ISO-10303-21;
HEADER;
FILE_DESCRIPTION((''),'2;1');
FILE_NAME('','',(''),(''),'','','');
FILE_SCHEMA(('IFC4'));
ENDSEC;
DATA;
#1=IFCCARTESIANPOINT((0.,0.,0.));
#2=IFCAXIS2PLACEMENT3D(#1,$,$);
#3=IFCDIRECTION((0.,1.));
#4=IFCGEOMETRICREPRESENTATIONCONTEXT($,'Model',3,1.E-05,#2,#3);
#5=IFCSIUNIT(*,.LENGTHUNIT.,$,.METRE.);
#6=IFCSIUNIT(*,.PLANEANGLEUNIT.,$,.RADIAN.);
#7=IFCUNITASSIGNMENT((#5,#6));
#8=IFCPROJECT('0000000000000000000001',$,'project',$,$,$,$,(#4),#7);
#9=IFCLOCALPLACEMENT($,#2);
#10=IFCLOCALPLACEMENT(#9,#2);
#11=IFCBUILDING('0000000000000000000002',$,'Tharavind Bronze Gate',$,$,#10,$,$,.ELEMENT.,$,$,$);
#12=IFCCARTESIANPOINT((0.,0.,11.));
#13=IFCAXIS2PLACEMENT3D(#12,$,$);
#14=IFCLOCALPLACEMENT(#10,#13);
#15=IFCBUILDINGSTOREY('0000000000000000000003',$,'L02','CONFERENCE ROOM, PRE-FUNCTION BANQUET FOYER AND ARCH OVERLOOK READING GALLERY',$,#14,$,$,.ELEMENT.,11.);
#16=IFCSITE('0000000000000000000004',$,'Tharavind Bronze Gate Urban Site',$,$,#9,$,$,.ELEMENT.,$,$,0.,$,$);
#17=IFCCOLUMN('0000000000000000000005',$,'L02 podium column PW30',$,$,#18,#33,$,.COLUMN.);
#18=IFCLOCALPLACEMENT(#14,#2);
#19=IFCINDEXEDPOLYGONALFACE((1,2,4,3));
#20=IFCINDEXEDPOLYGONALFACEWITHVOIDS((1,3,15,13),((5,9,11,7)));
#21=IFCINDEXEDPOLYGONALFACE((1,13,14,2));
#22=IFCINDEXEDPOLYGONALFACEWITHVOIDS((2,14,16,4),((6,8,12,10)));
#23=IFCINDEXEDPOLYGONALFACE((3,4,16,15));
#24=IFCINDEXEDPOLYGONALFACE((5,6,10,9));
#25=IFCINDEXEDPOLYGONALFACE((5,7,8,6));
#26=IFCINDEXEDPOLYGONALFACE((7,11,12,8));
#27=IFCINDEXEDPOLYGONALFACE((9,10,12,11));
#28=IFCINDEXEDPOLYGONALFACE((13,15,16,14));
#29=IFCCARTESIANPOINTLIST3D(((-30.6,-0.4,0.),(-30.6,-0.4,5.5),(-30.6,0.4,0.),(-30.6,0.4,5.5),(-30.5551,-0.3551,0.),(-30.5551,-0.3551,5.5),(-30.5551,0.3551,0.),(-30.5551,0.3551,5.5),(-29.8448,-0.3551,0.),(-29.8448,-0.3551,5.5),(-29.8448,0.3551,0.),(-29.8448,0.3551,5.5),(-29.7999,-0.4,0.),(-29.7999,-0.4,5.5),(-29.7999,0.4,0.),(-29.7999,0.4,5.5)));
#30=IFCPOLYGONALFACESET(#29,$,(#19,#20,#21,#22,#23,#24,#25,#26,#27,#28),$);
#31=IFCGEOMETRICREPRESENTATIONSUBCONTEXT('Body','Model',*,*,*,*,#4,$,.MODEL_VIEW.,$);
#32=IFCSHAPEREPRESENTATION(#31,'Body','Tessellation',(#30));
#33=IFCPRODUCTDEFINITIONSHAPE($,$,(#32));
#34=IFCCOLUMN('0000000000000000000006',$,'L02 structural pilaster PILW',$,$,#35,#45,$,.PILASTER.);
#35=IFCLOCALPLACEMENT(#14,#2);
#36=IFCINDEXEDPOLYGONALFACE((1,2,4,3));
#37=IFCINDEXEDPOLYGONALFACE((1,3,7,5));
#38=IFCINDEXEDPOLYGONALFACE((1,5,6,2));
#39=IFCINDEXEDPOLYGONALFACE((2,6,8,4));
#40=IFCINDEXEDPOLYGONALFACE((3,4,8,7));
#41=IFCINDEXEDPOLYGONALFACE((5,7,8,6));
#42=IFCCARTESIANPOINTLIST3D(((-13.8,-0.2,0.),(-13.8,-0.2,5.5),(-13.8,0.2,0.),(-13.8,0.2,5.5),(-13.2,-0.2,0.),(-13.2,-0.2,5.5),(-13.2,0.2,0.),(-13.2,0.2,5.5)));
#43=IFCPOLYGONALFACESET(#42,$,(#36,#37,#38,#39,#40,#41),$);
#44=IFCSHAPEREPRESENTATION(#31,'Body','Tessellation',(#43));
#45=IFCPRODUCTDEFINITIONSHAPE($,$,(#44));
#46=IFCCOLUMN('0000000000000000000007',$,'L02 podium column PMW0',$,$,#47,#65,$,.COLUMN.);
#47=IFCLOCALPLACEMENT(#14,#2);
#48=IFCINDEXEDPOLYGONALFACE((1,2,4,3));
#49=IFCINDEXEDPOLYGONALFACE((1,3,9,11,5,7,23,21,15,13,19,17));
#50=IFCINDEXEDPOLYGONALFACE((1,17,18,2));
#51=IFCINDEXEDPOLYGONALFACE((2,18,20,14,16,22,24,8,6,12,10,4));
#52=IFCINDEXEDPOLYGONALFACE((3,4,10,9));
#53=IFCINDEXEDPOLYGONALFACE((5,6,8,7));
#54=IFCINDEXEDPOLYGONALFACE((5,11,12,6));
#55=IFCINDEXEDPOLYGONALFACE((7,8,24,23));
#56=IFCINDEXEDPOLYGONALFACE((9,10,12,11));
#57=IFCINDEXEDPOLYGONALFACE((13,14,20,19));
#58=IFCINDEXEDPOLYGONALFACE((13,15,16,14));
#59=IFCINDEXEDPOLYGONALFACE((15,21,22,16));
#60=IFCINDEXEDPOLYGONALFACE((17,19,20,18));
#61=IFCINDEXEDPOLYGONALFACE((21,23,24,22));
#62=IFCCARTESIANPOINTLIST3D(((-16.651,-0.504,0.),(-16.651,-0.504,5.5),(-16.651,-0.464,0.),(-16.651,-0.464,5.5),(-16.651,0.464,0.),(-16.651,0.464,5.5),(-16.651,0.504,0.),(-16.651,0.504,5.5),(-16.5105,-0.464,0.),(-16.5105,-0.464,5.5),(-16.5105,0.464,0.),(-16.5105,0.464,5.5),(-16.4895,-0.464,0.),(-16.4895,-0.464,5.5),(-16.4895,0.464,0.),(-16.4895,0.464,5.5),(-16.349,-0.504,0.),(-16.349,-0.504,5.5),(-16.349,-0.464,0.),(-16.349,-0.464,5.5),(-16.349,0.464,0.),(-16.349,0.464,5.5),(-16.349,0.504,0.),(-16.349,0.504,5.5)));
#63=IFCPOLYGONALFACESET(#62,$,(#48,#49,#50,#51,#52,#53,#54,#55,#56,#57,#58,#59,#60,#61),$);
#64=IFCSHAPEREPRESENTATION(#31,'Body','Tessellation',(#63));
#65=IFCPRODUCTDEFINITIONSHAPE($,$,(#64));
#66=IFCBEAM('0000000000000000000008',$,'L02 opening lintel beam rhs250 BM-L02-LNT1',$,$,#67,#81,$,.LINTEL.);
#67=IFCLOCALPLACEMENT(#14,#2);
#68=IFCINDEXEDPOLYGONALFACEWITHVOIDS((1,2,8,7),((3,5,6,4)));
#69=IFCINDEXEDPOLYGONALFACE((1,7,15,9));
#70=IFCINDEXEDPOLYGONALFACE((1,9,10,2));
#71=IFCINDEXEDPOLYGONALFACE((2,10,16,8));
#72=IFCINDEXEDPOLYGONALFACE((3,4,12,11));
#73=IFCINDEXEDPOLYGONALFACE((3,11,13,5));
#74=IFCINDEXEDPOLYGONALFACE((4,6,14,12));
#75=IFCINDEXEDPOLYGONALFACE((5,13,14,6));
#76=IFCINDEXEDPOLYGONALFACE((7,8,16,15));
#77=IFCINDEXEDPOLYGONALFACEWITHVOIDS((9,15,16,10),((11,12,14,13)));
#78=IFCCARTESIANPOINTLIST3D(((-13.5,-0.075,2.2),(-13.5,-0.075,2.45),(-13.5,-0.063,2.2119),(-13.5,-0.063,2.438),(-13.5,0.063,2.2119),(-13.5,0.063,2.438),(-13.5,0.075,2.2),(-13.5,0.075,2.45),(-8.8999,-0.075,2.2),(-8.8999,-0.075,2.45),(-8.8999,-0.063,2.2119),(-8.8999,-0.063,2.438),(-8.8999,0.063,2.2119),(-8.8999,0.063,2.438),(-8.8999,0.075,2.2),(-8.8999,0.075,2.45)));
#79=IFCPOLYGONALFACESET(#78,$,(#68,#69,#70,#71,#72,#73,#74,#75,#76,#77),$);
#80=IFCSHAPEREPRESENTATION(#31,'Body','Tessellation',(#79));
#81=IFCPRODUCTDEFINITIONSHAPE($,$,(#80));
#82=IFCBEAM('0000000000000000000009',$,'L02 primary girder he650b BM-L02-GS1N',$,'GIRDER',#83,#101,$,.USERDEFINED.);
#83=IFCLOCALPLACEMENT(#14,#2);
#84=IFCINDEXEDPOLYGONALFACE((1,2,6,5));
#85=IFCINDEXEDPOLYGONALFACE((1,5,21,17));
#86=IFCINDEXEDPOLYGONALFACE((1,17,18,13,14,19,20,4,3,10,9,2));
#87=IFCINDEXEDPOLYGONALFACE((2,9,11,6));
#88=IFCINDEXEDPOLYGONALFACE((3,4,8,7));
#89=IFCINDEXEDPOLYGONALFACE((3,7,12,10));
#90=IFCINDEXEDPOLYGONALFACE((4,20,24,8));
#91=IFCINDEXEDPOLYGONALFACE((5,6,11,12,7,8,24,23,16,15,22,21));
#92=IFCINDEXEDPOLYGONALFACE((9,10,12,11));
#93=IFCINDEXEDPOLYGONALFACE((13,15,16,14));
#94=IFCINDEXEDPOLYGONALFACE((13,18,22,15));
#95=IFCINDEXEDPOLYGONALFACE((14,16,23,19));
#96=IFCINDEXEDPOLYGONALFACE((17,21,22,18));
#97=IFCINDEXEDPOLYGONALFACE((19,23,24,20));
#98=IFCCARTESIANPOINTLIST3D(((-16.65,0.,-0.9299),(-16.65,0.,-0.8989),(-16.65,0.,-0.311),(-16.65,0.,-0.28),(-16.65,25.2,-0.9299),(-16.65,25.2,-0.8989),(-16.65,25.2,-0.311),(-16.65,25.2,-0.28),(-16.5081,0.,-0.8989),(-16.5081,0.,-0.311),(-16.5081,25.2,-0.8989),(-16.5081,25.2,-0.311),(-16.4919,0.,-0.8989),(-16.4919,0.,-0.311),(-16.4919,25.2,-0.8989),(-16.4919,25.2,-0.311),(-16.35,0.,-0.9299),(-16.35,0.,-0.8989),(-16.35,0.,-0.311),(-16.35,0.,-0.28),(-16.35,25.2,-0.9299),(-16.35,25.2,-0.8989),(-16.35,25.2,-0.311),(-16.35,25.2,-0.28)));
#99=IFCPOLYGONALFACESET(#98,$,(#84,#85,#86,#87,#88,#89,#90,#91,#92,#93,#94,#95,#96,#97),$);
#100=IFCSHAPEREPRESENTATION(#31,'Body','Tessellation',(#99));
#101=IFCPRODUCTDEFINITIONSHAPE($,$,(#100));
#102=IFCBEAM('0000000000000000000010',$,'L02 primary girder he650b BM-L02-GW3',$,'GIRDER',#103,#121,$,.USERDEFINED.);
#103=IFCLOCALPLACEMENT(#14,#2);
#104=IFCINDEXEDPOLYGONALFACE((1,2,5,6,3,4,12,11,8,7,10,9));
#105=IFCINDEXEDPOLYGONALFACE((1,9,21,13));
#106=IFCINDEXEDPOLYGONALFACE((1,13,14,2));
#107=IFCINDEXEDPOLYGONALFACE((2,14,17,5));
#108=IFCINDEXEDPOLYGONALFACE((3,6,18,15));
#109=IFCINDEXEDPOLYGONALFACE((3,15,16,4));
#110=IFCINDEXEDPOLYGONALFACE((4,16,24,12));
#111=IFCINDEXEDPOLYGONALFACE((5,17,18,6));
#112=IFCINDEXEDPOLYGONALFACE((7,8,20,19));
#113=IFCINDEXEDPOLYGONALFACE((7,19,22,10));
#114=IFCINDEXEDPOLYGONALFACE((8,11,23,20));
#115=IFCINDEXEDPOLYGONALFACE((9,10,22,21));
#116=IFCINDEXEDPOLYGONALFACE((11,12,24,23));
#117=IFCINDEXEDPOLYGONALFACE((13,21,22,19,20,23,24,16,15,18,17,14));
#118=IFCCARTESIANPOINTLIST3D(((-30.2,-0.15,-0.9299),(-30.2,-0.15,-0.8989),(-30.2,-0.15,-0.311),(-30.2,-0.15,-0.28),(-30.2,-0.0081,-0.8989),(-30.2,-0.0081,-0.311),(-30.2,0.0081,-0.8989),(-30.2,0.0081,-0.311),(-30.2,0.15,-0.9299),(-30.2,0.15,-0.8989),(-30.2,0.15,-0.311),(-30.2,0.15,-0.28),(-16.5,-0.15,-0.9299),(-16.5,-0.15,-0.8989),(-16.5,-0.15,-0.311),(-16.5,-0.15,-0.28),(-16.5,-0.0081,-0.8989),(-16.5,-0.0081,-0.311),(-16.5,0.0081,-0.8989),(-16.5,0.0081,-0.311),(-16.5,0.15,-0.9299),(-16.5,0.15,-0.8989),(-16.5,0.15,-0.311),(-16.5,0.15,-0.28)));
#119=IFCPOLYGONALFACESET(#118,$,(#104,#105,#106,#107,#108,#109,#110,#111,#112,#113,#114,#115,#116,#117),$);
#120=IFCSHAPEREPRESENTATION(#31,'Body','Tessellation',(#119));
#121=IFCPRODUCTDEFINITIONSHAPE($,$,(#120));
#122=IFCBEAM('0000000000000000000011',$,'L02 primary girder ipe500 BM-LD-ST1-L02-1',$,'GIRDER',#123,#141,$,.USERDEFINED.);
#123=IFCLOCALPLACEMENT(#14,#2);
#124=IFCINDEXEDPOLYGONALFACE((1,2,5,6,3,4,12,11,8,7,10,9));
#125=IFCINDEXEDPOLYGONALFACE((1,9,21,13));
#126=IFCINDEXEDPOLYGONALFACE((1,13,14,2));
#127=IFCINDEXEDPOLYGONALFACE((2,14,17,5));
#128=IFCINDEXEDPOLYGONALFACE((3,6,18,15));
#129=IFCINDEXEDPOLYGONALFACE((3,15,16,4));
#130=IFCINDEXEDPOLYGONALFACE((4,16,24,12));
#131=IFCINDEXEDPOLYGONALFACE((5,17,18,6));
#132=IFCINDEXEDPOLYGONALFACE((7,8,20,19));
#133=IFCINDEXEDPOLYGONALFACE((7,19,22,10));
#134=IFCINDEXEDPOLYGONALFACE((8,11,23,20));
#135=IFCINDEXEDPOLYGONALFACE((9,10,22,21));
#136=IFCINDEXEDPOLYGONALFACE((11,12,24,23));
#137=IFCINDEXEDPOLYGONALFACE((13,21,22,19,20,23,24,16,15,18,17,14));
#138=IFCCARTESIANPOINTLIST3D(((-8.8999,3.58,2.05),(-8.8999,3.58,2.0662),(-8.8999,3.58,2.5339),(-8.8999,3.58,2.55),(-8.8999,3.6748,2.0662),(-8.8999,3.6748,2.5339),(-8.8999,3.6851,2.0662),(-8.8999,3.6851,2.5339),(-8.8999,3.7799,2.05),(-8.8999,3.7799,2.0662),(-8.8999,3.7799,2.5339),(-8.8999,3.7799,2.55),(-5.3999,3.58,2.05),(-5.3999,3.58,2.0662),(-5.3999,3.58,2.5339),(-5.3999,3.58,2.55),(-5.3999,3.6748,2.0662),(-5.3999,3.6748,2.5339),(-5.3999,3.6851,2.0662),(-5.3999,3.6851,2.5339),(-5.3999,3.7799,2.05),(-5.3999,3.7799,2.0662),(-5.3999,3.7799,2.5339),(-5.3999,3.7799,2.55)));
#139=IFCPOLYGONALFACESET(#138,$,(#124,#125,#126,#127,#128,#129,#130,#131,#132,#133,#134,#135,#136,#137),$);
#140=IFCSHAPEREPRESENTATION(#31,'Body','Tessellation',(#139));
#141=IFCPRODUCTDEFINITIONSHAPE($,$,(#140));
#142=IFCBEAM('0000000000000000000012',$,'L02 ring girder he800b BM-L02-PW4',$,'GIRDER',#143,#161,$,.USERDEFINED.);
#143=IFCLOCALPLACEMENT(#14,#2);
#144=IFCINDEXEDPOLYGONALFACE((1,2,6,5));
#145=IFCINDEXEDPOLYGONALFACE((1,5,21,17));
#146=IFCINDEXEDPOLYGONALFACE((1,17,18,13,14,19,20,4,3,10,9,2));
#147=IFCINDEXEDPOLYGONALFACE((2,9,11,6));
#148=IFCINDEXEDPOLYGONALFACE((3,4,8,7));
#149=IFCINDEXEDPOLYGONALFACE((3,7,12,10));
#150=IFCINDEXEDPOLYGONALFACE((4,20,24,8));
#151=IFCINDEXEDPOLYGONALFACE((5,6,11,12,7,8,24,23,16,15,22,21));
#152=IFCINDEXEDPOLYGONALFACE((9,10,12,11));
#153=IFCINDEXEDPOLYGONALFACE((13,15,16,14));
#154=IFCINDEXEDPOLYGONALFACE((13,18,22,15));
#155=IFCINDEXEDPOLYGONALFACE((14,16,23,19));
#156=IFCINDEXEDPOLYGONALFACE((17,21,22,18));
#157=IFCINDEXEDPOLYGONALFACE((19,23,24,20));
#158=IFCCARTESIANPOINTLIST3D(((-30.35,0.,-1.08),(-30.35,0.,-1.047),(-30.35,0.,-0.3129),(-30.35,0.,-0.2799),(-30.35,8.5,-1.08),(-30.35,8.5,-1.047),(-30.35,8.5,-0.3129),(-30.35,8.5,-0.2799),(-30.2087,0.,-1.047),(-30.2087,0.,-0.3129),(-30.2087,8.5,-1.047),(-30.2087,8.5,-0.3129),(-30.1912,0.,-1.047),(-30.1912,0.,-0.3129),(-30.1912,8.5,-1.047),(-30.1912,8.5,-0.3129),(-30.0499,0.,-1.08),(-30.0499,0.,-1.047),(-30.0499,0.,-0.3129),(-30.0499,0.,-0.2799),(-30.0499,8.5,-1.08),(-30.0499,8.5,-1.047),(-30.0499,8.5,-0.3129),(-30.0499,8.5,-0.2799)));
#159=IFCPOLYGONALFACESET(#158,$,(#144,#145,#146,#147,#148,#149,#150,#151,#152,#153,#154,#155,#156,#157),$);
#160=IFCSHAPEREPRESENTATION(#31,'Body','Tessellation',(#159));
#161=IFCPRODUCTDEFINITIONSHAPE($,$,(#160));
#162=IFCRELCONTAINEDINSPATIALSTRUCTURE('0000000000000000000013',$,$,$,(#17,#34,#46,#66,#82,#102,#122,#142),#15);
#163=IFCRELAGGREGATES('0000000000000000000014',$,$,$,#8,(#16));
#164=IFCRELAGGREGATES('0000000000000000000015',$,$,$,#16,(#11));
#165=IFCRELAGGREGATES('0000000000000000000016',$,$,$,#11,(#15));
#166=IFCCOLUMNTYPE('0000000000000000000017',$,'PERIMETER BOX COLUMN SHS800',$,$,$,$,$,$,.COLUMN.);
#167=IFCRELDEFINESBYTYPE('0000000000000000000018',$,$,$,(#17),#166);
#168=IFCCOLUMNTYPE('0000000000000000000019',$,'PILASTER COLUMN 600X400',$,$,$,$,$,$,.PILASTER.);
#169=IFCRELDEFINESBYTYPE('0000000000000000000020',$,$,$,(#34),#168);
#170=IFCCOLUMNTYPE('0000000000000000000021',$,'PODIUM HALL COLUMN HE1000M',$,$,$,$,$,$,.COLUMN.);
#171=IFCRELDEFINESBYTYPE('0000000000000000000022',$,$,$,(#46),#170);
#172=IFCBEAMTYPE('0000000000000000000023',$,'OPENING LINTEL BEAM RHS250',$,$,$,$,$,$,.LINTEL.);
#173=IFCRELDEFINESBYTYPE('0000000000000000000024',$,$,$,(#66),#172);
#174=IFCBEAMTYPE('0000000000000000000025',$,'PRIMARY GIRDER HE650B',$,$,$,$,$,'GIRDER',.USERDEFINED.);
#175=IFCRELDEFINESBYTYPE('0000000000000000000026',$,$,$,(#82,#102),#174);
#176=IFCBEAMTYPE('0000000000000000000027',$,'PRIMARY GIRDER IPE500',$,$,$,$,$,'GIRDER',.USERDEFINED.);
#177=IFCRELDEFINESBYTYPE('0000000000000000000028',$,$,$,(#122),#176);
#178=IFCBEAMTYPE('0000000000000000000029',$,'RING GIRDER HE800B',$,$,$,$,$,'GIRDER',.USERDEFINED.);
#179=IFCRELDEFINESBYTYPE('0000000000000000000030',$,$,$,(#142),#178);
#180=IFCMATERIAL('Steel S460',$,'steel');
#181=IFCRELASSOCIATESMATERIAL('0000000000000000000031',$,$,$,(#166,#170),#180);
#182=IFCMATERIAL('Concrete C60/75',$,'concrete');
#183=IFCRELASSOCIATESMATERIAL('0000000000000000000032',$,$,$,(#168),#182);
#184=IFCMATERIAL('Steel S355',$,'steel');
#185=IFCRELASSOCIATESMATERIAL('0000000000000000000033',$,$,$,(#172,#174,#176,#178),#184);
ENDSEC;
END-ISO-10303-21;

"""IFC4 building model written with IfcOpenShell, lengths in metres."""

from ifc_helpers import new_model, si_unit, direction, frame, origin, origin_2d, place, context, subcontext, project, spatial, rectangle, hollow_rectangle, i_section, extrude, material, material_profile, profile_set, type_object, element, save


model = new_model("IFC4")

# Units and contexts
model_context = context("Model", 3, precision=1e-05, world=origin(), true_north=direction((0.0, 1.0)))
body_context = subcontext(model_context, "Body", "Model", "MODEL_VIEW")
ifc_project = project(units=[si_unit("LENGTHUNIT", "METRE"), si_unit("PLANEANGLEUNIT", "RADIAN")], contexts=[model_context])

# Site, building, storey
site_placement = place(None, origin())
site = spatial("IfcSite", under=ifc_project, at=site_placement, Name="Tharavind Bronze Gate Urban Site", CompositionType="ELEMENT", RefElevation=0.0)
building_placement = place(site_placement, origin())
building = spatial("IfcBuilding", under=site, at=building_placement, Name="Tharavind Bronze Gate", CompositionType="ELEMENT")
storey_placement = place(building_placement, frame((0.0, 0.0, 11.0)))
storey = spatial("IfcBuildingStorey", under=building, at=storey_placement, Name="L02", Description="CONFERENCE ROOM, PRE-FUNCTION BANQUET FOYER AND ARCH OVERLOOK READING GALLERY", CompositionType="ELEMENT", Elevation=11.0)

# Columns
ifc_material_1 = material(Name="Steel S460", Category="steel")
ifc_material_profile_1 = material_profile(ifc_material_1, hollow_rectangle(XDim=0.8, YDim=0.8, WallThickness=0.0449, at=origin_2d()), Name="SHS800X45")
ifc_profile_set_1 = profile_set([ifc_material_profile_1], Name="Steel S460")
column_type_1 = type_object("IfcColumnType", Name="PERIMETER BOX COLUMN SHS800", PredefinedType="COLUMN", material=ifc_profile_set_1)
column_1_placement = place(storey_placement, frame((-30.2, 0.0, 0.0), z_axis=(0.0, 0.0, 1.0), x_axis=(1.0, 0.0, 0.0)))
element("IfcColumn", 1, at=column_1_placement, inside=storey, type_object=column_type_1, Name="L02 podium column PW30", PredefinedType="COLUMN", context=body_context, shape_type="SweptSolid", body=[
    extrude(hollow_rectangle(XDim=0.8, YDim=0.8, WallThickness=0.0449, at=origin_2d()), origin(), (0.0, 0.0, 1.0), 5.5),
])
ifc_material_2 = material(Name="Concrete C60/75", Category="concrete")
ifc_material_profile_2 = material_profile(ifc_material_2, rectangle(XDim=0.6001, YDim=0.3999, at=origin_2d()), Name="RCPIL600X400")
ifc_profile_set_2 = profile_set([ifc_material_profile_2], Name="Concrete C60/75")
column_type_2 = type_object("IfcColumnType", Name="PILASTER COLUMN 600X400", PredefinedType="PILASTER", material=ifc_profile_set_2)
column_2_placement = place(storey_placement, frame((-13.5, 0.0, 0.0), z_axis=(0.0, 0.0, 1.0), x_axis=(1.0, 0.0, 0.0)))
element("IfcColumn", 2, at=column_2_placement, inside=storey, type_object=column_type_2, Name="L02 structural pilaster PILW", PredefinedType="PILASTER", context=body_context, shape_type="SweptSolid", body=[
    extrude(rectangle(XDim=0.6001, YDim=0.3999, at=origin_2d()), origin(), (0.0, 0.0, 1.0), 5.5),
])
ifc_material_profile_3 = material_profile(ifc_material_1, i_section(OverallWidth=0.302, OverallDepth=1.0081, WebThickness=0.021, FlangeThickness=0.04, at=origin_2d()), Name="HE1000M")
ifc_profile_set_3 = profile_set([ifc_material_profile_3], Name="Steel S460")
column_type_3 = type_object("IfcColumnType", Name="PODIUM HALL COLUMN HE1000M", PredefinedType="COLUMN", material=ifc_profile_set_3)
column_3_placement = place(storey_placement, frame((-16.5, 0.0, 0.0), z_axis=(0.0, 0.0, 1.0), x_axis=(1.0, 0.0, 0.0)))
element("IfcColumn", 3, at=column_3_placement, inside=storey, type_object=column_type_3, Name="L02 podium column PMW0", PredefinedType="COLUMN", context=body_context, shape_type="SweptSolid", body=[
    extrude(i_section(OverallWidth=0.302, OverallDepth=1.0081, WebThickness=0.021, FlangeThickness=0.04, at=origin_2d()), origin(), (0.0, 0.0, 1.0), 5.5),
])

# Beams
ifc_material_3 = material(Name="Steel S355", Category="steel")
ifc_material_profile_4 = material_profile(ifc_material_3, hollow_rectangle(XDim=0.1499, YDim=0.25, WallThickness=0.012, at=origin_2d()), Name="RHS250X150X12")
ifc_profile_set_4 = profile_set([ifc_material_profile_4], Name="Steel S355")
beam_type_1 = type_object("IfcBeamType", Name="OPENING LINTEL BEAM RHS250", PredefinedType="LINTEL", material=ifc_profile_set_4)
beam_1_placement = place(storey_placement, frame((-13.5, 0.0, 2.325), z_axis=(1.0, 0.0, 0.0), x_axis=(0.0, 1.0, 0.0)))
element("IfcBeam", 4, at=beam_1_placement, inside=storey, type_object=beam_type_1, Name="L02 opening lintel beam rhs250 BM-L02-LNT1", PredefinedType="LINTEL", context=body_context, shape_type="SweptSolid", body=[
    extrude(hollow_rectangle(XDim=0.1499, YDim=0.25, WallThickness=0.012, at=origin_2d()), origin(), (0.0, 0.0, 1.0), 4.6001),
])
ifc_material_profile_5 = material_profile(ifc_material_3, i_section(OverallWidth=0.3, OverallDepth=0.6499, WebThickness=0.0161, FlangeThickness=0.031, at=origin_2d()), Name="HE650B")
ifc_profile_set_5 = profile_set([ifc_material_profile_5], Name="Steel S355")
beam_type_2 = type_object("IfcBeamType", Name="PRIMARY GIRDER HE650B", ElementType="GIRDER", PredefinedType="USERDEFINED", material=ifc_profile_set_5)
beam_2_placement = place(storey_placement, frame((-16.5, 0.0, -0.605), z_axis=(0.0, 1.0, 0.0), x_axis=(-1.0, 0.0, 0.0)))
element("IfcBeam", 5, at=beam_2_placement, inside=storey, type_object=beam_type_2, Name="L02 primary girder he650b BM-L02-GS1N", ObjectType="GIRDER", PredefinedType="USERDEFINED", context=body_context, shape_type="SweptSolid", body=[
    extrude(i_section(OverallWidth=0.3, OverallDepth=0.6499, WebThickness=0.0161, FlangeThickness=0.031, at=origin_2d()), origin(), (0.0, 0.0, 1.0), 25.2),
])
beam_3_placement = place(storey_placement, frame((-30.2, 0.0, -0.605), z_axis=(1.0, 0.0, 0.0), x_axis=(0.0, 1.0, 0.0)))
element("IfcBeam", 6, at=beam_3_placement, inside=storey, type_object=beam_type_2, Name="L02 primary girder he650b BM-L02-GW3", ObjectType="GIRDER", PredefinedType="USERDEFINED", context=body_context, shape_type="SweptSolid", body=[
    extrude(i_section(OverallWidth=0.3, OverallDepth=0.6499, WebThickness=0.0161, FlangeThickness=0.031, at=origin_2d()), origin(), (0.0, 0.0, 1.0), 13.7),
])
ifc_material_profile_6 = material_profile(ifc_material_3, i_section(OverallWidth=0.2, OverallDepth=0.5, WebThickness=0.0103, FlangeThickness=0.0161, at=origin_2d()), Name="IPE500")
ifc_profile_set_6 = profile_set([ifc_material_profile_6], Name="Steel S355")
beam_type_3 = type_object("IfcBeamType", Name="PRIMARY GIRDER IPE500", ElementType="GIRDER", PredefinedType="USERDEFINED", material=ifc_profile_set_6)
beam_4_placement = place(storey_placement, frame((-8.8999, 3.6799, 2.3), z_axis=(1.0, 0.0, 0.0), x_axis=(0.0, 1.0, 0.0)))
element("IfcBeam", 7, at=beam_4_placement, inside=storey, type_object=beam_type_3, Name="L02 primary girder ipe500 BM-LD-ST1-L02-1", ObjectType="GIRDER", PredefinedType="USERDEFINED", context=body_context, shape_type="SweptSolid", body=[
    extrude(i_section(OverallWidth=0.2, OverallDepth=0.5, WebThickness=0.0103, FlangeThickness=0.0161, at=origin_2d()), origin(), (0.0, 0.0, 1.0), 3.5),
])
ifc_material_profile_7 = material_profile(ifc_material_3, i_section(OverallWidth=0.3, OverallDepth=0.8, WebThickness=0.0176, FlangeThickness=0.033, at=origin_2d()), Name="HE800B")
ifc_profile_set_7 = profile_set([ifc_material_profile_7], Name="Steel S355")
beam_type_4 = type_object("IfcBeamType", Name="RING GIRDER HE800B", ElementType="GIRDER", PredefinedType="USERDEFINED", material=ifc_profile_set_7)
beam_5_placement = place(storey_placement, frame((-30.2, 0.0, -0.6799), z_axis=(0.0, 1.0, 0.0), x_axis=(-1.0, 0.0, 0.0)))
element("IfcBeam", 8, at=beam_5_placement, inside=storey, type_object=beam_type_4, Name="L02 ring girder he800b BM-L02-PW4", ObjectType="GIRDER", PredefinedType="USERDEFINED", context=body_context, shape_type="SweptSolid", body=[
    extrude(i_section(OverallWidth=0.3, OverallDepth=0.8, WebThickness=0.0176, FlangeThickness=0.033, at=origin_2d()), origin(), (0.0, 0.0, 1.0), 8.5),
])

save(model, "model.ifc")
